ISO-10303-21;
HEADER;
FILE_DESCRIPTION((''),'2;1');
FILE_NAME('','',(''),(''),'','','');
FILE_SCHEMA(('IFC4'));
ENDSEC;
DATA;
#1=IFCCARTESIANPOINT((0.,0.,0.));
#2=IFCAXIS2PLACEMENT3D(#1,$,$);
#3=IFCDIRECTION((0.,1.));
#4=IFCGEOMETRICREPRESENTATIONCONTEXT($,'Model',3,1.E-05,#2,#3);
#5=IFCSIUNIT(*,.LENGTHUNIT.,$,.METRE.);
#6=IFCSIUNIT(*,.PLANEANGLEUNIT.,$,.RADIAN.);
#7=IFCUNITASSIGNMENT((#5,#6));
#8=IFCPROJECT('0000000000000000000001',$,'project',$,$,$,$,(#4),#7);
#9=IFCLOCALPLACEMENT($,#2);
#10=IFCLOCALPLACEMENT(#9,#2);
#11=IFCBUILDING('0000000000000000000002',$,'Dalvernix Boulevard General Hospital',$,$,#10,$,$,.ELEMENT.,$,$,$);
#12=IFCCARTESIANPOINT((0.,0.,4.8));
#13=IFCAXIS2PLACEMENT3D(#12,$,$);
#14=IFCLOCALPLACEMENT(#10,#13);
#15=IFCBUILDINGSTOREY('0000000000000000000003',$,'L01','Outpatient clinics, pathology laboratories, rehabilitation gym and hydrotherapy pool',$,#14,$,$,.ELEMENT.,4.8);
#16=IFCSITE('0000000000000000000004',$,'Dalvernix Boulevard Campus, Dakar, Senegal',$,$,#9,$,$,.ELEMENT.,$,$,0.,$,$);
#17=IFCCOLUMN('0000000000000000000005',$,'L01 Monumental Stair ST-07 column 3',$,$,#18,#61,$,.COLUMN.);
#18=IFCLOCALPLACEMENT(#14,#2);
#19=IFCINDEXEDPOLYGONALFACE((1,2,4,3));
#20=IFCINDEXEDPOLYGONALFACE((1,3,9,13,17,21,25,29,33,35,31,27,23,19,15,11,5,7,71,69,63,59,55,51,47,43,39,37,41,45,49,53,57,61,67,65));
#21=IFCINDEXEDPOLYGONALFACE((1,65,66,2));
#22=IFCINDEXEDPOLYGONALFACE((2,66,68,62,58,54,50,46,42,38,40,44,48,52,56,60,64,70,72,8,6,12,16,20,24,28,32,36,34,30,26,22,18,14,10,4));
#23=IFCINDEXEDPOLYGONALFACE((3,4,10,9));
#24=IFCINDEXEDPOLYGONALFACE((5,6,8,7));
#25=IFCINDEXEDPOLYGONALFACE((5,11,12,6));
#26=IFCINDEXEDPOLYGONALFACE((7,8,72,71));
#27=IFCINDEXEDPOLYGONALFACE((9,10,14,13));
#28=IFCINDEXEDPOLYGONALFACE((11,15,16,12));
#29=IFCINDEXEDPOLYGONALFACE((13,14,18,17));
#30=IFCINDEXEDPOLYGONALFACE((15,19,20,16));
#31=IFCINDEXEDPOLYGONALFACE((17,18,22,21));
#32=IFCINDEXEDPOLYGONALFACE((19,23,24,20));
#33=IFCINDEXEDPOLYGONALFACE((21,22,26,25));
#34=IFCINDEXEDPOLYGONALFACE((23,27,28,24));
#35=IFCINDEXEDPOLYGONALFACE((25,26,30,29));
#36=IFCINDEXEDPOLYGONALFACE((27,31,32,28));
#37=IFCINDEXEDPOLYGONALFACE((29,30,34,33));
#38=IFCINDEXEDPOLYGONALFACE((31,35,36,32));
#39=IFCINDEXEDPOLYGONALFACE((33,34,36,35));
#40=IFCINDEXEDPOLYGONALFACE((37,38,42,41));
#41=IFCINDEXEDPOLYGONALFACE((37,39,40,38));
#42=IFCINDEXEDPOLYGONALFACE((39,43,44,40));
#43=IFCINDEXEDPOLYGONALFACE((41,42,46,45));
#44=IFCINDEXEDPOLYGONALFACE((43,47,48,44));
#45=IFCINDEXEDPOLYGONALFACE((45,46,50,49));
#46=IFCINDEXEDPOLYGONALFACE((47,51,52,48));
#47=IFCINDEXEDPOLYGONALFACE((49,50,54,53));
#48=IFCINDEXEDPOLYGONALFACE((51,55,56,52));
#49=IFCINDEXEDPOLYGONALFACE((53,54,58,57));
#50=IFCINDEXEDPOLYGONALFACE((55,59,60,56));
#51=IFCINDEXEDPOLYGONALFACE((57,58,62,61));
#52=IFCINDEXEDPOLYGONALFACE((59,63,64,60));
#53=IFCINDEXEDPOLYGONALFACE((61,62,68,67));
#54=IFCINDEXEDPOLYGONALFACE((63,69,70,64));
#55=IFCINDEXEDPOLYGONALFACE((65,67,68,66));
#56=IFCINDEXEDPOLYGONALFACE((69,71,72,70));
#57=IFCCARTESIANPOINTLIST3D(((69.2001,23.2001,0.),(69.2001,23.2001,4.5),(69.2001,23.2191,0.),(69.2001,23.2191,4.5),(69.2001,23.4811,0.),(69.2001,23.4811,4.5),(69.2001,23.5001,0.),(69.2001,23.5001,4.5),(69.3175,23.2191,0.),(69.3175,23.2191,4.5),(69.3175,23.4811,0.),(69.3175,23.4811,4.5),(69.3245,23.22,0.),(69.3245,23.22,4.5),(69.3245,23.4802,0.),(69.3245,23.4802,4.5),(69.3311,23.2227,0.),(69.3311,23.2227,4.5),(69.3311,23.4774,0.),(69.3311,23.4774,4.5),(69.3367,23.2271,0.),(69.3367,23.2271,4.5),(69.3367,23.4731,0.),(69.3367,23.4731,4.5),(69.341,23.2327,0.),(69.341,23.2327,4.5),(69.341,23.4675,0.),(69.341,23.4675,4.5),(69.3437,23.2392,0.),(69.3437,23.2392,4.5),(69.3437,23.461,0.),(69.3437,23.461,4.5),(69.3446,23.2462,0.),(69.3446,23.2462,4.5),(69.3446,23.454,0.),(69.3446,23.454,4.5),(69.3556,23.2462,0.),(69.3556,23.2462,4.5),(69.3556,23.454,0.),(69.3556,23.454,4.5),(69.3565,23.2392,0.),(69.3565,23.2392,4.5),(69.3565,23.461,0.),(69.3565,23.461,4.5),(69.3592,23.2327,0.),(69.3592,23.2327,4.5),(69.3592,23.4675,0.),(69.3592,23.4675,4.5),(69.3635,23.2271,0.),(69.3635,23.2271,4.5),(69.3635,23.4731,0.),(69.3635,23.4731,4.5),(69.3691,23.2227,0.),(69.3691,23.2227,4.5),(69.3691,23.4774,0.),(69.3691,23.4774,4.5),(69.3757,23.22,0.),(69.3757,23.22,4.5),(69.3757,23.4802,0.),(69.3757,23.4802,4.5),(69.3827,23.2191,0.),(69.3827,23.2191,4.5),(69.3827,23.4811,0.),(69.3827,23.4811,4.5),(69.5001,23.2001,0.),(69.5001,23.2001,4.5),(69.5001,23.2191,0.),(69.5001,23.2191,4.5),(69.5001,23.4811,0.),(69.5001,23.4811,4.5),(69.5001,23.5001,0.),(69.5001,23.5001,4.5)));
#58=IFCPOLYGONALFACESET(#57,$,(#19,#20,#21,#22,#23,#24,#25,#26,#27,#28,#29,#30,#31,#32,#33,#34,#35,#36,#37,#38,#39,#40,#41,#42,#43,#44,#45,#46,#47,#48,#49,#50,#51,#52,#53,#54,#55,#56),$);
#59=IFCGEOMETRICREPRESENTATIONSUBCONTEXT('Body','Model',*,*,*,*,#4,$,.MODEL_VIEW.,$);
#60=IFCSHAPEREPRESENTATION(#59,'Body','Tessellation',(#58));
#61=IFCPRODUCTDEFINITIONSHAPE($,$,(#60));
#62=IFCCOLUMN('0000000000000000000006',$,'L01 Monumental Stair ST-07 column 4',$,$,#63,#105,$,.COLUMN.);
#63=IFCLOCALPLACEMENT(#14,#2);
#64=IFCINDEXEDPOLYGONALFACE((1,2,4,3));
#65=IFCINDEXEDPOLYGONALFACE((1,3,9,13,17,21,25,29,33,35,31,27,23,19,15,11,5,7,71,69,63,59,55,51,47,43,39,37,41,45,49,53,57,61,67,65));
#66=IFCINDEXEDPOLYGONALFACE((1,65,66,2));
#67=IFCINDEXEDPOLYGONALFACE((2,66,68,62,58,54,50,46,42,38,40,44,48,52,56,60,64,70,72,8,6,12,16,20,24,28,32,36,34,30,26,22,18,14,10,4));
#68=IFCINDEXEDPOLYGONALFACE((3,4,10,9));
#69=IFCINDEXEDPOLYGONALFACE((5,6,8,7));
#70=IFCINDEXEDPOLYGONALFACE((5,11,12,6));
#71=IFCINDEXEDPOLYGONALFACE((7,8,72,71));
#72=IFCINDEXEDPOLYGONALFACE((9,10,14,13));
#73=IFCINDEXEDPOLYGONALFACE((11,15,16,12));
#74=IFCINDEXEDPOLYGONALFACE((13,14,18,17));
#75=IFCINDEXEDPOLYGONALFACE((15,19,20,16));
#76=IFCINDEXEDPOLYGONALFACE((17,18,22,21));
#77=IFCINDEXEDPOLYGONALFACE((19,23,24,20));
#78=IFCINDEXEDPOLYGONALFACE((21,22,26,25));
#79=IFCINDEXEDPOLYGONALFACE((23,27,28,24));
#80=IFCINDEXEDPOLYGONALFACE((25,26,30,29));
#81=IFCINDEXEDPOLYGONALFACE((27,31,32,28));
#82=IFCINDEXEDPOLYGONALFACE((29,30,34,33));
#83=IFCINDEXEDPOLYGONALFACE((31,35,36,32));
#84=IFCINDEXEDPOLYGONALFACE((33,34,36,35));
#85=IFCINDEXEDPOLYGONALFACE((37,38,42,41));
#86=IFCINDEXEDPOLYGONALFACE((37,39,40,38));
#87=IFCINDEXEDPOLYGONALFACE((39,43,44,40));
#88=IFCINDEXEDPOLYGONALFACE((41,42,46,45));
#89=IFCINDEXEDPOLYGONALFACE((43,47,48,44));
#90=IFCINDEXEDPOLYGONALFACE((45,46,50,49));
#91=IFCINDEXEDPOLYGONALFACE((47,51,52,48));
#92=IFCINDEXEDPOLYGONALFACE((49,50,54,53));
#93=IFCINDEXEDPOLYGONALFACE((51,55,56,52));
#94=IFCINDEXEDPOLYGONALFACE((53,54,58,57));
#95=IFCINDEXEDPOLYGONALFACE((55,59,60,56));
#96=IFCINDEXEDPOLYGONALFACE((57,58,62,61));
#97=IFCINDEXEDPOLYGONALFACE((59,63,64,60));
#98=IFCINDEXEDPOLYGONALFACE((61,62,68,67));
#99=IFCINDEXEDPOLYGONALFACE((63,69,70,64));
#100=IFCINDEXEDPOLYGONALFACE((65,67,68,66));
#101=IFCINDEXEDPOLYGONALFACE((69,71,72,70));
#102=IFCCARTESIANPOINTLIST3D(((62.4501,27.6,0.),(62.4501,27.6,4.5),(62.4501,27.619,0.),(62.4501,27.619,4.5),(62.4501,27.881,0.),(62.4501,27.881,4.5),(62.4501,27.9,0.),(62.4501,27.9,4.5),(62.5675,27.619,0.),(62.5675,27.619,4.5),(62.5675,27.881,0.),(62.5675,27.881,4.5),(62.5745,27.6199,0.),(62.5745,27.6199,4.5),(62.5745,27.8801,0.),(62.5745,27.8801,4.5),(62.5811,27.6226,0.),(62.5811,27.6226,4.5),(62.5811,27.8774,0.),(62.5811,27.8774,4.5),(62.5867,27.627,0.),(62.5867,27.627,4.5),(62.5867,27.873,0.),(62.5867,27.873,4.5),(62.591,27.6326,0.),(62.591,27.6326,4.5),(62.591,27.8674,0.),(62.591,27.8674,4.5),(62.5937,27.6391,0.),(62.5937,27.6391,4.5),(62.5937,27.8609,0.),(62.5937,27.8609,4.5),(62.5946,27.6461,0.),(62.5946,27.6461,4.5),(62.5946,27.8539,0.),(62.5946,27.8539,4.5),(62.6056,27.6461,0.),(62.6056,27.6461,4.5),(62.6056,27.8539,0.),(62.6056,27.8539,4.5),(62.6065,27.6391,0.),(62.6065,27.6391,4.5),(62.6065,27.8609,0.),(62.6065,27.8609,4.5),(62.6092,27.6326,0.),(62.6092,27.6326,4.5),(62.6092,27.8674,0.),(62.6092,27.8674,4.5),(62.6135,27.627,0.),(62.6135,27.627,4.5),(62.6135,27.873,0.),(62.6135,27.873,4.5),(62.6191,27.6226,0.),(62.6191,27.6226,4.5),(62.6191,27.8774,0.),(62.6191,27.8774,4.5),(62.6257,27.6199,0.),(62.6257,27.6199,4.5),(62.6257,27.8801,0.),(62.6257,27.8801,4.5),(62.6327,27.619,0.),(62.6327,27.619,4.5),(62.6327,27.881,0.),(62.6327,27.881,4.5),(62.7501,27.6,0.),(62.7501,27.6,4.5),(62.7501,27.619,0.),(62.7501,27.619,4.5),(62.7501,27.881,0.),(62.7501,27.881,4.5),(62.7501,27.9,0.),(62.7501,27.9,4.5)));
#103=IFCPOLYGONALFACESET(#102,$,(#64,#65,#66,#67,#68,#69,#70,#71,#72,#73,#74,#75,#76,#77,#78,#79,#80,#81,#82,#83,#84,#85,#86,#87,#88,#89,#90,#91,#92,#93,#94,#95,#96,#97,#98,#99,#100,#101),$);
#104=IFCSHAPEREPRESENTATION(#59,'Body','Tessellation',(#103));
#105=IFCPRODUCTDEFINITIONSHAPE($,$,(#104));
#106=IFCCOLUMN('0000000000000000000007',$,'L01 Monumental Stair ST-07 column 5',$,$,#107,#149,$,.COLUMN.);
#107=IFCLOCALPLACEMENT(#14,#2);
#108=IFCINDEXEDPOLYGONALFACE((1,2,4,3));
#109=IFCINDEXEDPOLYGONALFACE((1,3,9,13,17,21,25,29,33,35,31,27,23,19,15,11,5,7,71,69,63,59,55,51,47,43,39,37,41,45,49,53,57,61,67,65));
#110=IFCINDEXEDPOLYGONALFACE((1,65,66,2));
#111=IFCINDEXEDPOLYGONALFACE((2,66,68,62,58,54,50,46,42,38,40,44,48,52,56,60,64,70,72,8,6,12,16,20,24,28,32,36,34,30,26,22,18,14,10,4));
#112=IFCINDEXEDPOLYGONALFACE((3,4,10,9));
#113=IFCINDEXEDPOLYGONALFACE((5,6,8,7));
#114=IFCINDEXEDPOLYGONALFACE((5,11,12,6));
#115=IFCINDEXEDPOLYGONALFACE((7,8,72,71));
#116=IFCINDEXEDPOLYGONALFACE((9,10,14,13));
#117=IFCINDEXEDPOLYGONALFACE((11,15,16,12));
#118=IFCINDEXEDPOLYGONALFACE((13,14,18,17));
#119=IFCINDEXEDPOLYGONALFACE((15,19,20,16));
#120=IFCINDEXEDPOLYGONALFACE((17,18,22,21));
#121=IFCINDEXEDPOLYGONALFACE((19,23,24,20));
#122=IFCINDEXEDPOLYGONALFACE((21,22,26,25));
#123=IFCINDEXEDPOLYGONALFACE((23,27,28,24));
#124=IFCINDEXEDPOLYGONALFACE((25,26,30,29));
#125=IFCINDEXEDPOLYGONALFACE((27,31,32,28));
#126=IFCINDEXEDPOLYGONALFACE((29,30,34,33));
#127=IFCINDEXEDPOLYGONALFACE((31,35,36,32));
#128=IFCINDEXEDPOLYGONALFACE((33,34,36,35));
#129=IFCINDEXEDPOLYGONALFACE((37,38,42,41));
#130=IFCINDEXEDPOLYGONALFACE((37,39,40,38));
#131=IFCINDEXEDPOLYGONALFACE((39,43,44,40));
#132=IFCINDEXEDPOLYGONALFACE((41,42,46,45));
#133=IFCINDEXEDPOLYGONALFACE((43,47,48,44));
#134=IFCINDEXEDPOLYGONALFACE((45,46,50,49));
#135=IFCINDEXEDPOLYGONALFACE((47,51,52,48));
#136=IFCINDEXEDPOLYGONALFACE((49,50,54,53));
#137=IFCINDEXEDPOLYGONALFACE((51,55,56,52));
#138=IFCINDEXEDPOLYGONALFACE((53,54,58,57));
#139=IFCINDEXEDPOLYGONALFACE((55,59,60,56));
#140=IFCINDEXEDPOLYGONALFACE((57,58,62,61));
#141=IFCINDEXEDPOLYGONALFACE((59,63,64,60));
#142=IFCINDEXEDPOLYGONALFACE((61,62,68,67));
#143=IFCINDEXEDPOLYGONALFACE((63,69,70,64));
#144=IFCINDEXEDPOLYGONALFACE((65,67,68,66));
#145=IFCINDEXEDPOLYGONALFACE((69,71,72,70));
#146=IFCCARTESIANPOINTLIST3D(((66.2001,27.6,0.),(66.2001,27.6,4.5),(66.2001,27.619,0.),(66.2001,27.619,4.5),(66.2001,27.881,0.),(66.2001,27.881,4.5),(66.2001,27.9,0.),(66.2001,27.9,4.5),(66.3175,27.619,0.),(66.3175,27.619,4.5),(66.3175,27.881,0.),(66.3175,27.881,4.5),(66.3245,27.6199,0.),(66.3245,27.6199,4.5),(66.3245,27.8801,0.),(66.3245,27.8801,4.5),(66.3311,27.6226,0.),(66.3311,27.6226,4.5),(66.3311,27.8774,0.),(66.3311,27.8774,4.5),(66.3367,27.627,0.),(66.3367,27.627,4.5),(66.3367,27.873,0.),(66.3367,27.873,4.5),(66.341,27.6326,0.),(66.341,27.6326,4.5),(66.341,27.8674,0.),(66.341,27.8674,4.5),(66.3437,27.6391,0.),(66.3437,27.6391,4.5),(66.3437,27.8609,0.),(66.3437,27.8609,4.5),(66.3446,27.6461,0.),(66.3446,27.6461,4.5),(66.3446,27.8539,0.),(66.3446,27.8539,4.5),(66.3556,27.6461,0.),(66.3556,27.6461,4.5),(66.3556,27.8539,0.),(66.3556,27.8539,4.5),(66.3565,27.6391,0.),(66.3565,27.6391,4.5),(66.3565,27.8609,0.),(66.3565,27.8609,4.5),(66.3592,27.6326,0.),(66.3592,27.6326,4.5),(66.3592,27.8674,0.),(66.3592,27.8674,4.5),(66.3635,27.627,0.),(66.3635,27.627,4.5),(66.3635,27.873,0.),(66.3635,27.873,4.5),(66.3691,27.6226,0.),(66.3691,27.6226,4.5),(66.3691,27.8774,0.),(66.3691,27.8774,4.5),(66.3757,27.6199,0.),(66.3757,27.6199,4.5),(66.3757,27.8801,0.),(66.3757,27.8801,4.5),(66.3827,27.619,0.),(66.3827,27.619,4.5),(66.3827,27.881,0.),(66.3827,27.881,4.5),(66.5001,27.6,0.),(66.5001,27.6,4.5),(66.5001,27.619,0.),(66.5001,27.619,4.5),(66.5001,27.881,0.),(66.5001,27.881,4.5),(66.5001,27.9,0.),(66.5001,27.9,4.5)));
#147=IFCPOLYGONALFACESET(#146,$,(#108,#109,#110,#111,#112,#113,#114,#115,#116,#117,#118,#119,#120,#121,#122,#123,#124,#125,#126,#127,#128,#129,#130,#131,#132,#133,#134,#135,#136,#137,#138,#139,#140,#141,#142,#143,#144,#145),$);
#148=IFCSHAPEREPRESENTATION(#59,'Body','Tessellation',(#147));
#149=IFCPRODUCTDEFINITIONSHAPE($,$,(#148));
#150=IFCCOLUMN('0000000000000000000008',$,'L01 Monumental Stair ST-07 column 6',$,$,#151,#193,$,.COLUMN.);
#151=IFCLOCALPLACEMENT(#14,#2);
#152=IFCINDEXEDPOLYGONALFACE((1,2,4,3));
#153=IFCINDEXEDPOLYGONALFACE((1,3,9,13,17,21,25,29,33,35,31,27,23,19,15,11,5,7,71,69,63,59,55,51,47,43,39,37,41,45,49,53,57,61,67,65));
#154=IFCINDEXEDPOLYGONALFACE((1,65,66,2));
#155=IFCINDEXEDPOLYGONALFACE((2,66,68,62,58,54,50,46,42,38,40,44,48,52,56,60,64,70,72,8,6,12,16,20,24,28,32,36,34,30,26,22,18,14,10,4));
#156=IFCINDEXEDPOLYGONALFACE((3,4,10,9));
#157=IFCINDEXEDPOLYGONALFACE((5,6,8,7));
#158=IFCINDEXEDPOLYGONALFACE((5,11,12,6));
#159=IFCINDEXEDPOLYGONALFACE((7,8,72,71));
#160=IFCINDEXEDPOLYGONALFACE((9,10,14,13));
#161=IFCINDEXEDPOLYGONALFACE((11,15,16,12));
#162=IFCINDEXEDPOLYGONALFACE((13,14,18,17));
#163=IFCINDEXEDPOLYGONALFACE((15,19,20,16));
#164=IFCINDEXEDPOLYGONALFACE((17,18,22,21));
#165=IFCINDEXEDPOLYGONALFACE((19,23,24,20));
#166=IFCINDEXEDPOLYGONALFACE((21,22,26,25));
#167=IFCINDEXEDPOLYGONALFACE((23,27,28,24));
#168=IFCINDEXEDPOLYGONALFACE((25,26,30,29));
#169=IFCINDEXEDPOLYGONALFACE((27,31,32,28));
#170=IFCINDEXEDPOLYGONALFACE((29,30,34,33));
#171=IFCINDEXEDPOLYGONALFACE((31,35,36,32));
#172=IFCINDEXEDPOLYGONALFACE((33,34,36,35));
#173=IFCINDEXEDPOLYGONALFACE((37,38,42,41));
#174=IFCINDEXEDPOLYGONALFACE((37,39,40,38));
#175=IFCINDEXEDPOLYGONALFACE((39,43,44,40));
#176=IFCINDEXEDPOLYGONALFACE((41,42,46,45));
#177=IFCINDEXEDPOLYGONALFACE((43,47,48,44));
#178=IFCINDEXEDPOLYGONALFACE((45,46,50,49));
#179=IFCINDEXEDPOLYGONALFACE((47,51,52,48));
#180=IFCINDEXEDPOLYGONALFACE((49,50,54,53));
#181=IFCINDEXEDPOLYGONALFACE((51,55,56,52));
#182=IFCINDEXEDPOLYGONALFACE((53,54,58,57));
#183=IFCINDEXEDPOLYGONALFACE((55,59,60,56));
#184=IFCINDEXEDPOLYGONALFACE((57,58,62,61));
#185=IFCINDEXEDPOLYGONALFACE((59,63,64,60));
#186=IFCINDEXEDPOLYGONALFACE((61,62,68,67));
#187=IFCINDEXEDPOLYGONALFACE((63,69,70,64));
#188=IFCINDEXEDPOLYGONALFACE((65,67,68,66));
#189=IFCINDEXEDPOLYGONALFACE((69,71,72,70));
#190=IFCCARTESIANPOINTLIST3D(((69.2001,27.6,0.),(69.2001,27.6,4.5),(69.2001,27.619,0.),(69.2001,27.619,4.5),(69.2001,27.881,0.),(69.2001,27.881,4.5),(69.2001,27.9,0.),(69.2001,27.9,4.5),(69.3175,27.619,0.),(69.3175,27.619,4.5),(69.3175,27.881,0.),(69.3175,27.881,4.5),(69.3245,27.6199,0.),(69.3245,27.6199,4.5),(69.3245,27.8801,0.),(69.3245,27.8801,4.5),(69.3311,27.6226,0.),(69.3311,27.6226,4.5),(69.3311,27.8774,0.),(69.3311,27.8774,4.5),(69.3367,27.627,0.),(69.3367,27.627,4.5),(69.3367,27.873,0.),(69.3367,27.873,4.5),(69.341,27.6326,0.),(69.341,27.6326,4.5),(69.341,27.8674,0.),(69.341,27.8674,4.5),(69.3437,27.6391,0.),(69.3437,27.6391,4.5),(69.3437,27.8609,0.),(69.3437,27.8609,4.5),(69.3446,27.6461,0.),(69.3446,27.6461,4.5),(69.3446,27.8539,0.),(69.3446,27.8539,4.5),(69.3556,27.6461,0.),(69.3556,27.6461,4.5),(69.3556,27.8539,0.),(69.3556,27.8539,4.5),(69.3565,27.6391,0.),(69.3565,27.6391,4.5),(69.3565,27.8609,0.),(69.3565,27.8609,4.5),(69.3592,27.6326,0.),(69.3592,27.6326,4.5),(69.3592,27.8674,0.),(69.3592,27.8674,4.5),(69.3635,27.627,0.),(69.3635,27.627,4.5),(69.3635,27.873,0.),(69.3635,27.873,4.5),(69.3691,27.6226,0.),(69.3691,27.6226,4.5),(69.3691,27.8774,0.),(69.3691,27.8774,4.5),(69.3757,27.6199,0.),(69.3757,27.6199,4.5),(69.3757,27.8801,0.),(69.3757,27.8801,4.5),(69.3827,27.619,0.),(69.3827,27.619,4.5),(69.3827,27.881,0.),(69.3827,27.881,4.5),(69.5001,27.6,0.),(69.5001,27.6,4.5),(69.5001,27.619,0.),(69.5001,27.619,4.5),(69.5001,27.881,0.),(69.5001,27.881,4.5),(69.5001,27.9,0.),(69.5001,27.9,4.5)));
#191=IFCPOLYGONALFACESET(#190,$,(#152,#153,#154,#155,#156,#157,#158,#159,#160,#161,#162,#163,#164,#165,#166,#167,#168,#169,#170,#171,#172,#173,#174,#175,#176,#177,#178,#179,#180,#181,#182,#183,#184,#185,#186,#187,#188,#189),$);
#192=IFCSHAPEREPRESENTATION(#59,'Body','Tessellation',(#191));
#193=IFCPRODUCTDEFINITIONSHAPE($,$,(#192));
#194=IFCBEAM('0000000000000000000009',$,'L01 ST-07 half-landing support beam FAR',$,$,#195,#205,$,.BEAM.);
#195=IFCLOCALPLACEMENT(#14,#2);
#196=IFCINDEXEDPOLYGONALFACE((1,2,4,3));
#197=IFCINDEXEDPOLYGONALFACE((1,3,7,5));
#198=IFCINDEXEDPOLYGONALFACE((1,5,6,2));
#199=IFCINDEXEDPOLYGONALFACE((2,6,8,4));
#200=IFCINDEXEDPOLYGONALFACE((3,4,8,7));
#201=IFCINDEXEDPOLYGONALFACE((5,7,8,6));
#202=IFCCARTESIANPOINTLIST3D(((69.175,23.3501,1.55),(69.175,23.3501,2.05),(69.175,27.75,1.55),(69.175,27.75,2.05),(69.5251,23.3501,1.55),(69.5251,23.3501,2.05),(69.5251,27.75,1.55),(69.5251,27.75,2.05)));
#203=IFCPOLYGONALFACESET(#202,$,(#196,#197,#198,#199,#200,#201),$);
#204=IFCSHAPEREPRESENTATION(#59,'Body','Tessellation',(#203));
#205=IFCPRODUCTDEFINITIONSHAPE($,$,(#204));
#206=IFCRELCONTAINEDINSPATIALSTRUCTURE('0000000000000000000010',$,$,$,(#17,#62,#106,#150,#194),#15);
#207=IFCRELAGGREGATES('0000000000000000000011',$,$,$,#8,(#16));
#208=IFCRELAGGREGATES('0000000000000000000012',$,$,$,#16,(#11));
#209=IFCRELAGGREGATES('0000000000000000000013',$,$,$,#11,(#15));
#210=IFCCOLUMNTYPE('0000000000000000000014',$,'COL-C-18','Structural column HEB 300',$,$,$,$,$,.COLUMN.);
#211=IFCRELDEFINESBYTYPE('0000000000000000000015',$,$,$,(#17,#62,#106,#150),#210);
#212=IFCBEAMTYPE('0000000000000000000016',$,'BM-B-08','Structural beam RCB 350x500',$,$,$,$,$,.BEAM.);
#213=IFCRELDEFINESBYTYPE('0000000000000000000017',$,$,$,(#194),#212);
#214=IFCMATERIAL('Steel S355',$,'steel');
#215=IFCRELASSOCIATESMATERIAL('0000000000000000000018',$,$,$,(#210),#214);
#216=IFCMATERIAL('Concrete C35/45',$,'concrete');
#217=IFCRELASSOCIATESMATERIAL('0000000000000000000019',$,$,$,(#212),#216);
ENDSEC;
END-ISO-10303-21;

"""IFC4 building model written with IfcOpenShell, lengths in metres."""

from ifc_helpers import new_model, si_unit, direction, frame, origin, origin_2d, place, context, subcontext, project, spatial, rectangle, i_section, extrude, material, material_profile, profile_set, type_object, element, save


model = new_model("IFC4")

# Units and contexts
model_context = context("Model", 3, precision=1e-05, world=origin(), true_north=direction((0.0, 1.0)))
body_context = subcontext(model_context, "Body", "Model", "MODEL_VIEW")
ifc_project = project(units=[si_unit("LENGTHUNIT", "METRE"), si_unit("PLANEANGLEUNIT", "RADIAN")], contexts=[model_context])

# Site, building, storey
site_placement = place(None, origin())
site = spatial("IfcSite", under=ifc_project, at=site_placement, Name="Dalvernix Boulevard Campus, Dakar, Senegal", CompositionType="ELEMENT", RefElevation=0.0)
building_placement = place(site_placement, origin())
building = spatial("IfcBuilding", under=site, at=building_placement, Name="Dalvernix Boulevard General Hospital", CompositionType="ELEMENT")
storey_placement = place(building_placement, frame((0.0, 0.0, 4.8)))
storey = spatial("IfcBuildingStorey", under=building, at=storey_placement, Name="L01", Description="Outpatient clinics, pathology laboratories, rehabilitation gym and hydrotherapy pool", CompositionType="ELEMENT", Elevation=4.8)

# Columns
ifc_material_1 = material(Name="Steel S355", Category="steel")
ifc_material_profile_1 = material_profile(ifc_material_1, i_section(OverallWidth=0.3, OverallDepth=0.3, WebThickness=0.011, FlangeThickness=0.019, FilletRadius=0.0271, at=origin_2d()), Name="HEB 300")
ifc_profile_set_1 = profile_set([ifc_material_profile_1], Name="Steel S355")
column_type = type_object("IfcColumnType", Name="COL-C-18", Description="Structural column HEB 300", PredefinedType="COLUMN", material=ifc_profile_set_1)
for number, where, z_axis, x_axis, name in (
    (1, (69.3501, 23.3501, 0.0), (0.0, 0.0, 1.0), (1.0, 0.0, 0.0), "L01 Monumental Stair ST-07 column 3"),
    (2, (62.6001, 27.75, 0.0), (0.0, 0.0, 1.0), (1.0, 0.0, 0.0), "L01 Monumental Stair ST-07 column 4"),
    (3, (66.3501, 27.75, 0.0), (0.0, 0.0, 1.0), (1.0, 0.0, 0.0), "L01 Monumental Stair ST-07 column 5"),
    (4, (69.3501, 27.75, 0.0), (0.0, 0.0, 1.0), (1.0, 0.0, 0.0), "L01 Monumental Stair ST-07 column 6"),
):
    element("IfcColumn", number, at=place(storey_placement, frame(where, z_axis=z_axis, x_axis=x_axis)), inside=storey, type_object=column_type, Name=name, PredefinedType="COLUMN", context=body_context, shape_type="SweptSolid", body=[
        extrude(i_section(OverallWidth=0.3, OverallDepth=0.3, WebThickness=0.011, FlangeThickness=0.019, FilletRadius=0.0271, at=origin_2d()), origin(), (0.0, 0.0, 1.0), 4.5),
    ])

# Beam
ifc_material_2 = material(Name="Concrete C35/45", Category="concrete")
ifc_material_profile_2 = material_profile(ifc_material_2, rectangle(XDim=0.3501, YDim=0.5, at=origin_2d()), Name="RCB 350x500")
ifc_profile_set_2 = profile_set([ifc_material_profile_2], Name="Concrete C35/45")
beam_type = type_object("IfcBeamType", Name="BM-B-08", Description="Structural beam RCB 350x500", PredefinedType="BEAM", material=ifc_profile_set_2)
for number, where, z_axis, x_axis, name in (
    (5, (69.3501, 23.3501, 1.8), (0.0, 1.0, 0.0), (-1.0, 0.0, 0.0), "L01 ST-07 half-landing support beam FAR"),
):
    element("IfcBeam", number, at=place(storey_placement, frame(where, z_axis=z_axis, x_axis=x_axis)), inside=storey, type_object=beam_type, Name=name, PredefinedType="BEAM", context=body_context, shape_type="SweptSolid", body=[
        extrude(rectangle(XDim=0.3501, YDim=0.5, at=origin_2d()), origin(), (0.0, 0.0, 1.0), 4.3999),
    ])

save(model, "model.ifc")
